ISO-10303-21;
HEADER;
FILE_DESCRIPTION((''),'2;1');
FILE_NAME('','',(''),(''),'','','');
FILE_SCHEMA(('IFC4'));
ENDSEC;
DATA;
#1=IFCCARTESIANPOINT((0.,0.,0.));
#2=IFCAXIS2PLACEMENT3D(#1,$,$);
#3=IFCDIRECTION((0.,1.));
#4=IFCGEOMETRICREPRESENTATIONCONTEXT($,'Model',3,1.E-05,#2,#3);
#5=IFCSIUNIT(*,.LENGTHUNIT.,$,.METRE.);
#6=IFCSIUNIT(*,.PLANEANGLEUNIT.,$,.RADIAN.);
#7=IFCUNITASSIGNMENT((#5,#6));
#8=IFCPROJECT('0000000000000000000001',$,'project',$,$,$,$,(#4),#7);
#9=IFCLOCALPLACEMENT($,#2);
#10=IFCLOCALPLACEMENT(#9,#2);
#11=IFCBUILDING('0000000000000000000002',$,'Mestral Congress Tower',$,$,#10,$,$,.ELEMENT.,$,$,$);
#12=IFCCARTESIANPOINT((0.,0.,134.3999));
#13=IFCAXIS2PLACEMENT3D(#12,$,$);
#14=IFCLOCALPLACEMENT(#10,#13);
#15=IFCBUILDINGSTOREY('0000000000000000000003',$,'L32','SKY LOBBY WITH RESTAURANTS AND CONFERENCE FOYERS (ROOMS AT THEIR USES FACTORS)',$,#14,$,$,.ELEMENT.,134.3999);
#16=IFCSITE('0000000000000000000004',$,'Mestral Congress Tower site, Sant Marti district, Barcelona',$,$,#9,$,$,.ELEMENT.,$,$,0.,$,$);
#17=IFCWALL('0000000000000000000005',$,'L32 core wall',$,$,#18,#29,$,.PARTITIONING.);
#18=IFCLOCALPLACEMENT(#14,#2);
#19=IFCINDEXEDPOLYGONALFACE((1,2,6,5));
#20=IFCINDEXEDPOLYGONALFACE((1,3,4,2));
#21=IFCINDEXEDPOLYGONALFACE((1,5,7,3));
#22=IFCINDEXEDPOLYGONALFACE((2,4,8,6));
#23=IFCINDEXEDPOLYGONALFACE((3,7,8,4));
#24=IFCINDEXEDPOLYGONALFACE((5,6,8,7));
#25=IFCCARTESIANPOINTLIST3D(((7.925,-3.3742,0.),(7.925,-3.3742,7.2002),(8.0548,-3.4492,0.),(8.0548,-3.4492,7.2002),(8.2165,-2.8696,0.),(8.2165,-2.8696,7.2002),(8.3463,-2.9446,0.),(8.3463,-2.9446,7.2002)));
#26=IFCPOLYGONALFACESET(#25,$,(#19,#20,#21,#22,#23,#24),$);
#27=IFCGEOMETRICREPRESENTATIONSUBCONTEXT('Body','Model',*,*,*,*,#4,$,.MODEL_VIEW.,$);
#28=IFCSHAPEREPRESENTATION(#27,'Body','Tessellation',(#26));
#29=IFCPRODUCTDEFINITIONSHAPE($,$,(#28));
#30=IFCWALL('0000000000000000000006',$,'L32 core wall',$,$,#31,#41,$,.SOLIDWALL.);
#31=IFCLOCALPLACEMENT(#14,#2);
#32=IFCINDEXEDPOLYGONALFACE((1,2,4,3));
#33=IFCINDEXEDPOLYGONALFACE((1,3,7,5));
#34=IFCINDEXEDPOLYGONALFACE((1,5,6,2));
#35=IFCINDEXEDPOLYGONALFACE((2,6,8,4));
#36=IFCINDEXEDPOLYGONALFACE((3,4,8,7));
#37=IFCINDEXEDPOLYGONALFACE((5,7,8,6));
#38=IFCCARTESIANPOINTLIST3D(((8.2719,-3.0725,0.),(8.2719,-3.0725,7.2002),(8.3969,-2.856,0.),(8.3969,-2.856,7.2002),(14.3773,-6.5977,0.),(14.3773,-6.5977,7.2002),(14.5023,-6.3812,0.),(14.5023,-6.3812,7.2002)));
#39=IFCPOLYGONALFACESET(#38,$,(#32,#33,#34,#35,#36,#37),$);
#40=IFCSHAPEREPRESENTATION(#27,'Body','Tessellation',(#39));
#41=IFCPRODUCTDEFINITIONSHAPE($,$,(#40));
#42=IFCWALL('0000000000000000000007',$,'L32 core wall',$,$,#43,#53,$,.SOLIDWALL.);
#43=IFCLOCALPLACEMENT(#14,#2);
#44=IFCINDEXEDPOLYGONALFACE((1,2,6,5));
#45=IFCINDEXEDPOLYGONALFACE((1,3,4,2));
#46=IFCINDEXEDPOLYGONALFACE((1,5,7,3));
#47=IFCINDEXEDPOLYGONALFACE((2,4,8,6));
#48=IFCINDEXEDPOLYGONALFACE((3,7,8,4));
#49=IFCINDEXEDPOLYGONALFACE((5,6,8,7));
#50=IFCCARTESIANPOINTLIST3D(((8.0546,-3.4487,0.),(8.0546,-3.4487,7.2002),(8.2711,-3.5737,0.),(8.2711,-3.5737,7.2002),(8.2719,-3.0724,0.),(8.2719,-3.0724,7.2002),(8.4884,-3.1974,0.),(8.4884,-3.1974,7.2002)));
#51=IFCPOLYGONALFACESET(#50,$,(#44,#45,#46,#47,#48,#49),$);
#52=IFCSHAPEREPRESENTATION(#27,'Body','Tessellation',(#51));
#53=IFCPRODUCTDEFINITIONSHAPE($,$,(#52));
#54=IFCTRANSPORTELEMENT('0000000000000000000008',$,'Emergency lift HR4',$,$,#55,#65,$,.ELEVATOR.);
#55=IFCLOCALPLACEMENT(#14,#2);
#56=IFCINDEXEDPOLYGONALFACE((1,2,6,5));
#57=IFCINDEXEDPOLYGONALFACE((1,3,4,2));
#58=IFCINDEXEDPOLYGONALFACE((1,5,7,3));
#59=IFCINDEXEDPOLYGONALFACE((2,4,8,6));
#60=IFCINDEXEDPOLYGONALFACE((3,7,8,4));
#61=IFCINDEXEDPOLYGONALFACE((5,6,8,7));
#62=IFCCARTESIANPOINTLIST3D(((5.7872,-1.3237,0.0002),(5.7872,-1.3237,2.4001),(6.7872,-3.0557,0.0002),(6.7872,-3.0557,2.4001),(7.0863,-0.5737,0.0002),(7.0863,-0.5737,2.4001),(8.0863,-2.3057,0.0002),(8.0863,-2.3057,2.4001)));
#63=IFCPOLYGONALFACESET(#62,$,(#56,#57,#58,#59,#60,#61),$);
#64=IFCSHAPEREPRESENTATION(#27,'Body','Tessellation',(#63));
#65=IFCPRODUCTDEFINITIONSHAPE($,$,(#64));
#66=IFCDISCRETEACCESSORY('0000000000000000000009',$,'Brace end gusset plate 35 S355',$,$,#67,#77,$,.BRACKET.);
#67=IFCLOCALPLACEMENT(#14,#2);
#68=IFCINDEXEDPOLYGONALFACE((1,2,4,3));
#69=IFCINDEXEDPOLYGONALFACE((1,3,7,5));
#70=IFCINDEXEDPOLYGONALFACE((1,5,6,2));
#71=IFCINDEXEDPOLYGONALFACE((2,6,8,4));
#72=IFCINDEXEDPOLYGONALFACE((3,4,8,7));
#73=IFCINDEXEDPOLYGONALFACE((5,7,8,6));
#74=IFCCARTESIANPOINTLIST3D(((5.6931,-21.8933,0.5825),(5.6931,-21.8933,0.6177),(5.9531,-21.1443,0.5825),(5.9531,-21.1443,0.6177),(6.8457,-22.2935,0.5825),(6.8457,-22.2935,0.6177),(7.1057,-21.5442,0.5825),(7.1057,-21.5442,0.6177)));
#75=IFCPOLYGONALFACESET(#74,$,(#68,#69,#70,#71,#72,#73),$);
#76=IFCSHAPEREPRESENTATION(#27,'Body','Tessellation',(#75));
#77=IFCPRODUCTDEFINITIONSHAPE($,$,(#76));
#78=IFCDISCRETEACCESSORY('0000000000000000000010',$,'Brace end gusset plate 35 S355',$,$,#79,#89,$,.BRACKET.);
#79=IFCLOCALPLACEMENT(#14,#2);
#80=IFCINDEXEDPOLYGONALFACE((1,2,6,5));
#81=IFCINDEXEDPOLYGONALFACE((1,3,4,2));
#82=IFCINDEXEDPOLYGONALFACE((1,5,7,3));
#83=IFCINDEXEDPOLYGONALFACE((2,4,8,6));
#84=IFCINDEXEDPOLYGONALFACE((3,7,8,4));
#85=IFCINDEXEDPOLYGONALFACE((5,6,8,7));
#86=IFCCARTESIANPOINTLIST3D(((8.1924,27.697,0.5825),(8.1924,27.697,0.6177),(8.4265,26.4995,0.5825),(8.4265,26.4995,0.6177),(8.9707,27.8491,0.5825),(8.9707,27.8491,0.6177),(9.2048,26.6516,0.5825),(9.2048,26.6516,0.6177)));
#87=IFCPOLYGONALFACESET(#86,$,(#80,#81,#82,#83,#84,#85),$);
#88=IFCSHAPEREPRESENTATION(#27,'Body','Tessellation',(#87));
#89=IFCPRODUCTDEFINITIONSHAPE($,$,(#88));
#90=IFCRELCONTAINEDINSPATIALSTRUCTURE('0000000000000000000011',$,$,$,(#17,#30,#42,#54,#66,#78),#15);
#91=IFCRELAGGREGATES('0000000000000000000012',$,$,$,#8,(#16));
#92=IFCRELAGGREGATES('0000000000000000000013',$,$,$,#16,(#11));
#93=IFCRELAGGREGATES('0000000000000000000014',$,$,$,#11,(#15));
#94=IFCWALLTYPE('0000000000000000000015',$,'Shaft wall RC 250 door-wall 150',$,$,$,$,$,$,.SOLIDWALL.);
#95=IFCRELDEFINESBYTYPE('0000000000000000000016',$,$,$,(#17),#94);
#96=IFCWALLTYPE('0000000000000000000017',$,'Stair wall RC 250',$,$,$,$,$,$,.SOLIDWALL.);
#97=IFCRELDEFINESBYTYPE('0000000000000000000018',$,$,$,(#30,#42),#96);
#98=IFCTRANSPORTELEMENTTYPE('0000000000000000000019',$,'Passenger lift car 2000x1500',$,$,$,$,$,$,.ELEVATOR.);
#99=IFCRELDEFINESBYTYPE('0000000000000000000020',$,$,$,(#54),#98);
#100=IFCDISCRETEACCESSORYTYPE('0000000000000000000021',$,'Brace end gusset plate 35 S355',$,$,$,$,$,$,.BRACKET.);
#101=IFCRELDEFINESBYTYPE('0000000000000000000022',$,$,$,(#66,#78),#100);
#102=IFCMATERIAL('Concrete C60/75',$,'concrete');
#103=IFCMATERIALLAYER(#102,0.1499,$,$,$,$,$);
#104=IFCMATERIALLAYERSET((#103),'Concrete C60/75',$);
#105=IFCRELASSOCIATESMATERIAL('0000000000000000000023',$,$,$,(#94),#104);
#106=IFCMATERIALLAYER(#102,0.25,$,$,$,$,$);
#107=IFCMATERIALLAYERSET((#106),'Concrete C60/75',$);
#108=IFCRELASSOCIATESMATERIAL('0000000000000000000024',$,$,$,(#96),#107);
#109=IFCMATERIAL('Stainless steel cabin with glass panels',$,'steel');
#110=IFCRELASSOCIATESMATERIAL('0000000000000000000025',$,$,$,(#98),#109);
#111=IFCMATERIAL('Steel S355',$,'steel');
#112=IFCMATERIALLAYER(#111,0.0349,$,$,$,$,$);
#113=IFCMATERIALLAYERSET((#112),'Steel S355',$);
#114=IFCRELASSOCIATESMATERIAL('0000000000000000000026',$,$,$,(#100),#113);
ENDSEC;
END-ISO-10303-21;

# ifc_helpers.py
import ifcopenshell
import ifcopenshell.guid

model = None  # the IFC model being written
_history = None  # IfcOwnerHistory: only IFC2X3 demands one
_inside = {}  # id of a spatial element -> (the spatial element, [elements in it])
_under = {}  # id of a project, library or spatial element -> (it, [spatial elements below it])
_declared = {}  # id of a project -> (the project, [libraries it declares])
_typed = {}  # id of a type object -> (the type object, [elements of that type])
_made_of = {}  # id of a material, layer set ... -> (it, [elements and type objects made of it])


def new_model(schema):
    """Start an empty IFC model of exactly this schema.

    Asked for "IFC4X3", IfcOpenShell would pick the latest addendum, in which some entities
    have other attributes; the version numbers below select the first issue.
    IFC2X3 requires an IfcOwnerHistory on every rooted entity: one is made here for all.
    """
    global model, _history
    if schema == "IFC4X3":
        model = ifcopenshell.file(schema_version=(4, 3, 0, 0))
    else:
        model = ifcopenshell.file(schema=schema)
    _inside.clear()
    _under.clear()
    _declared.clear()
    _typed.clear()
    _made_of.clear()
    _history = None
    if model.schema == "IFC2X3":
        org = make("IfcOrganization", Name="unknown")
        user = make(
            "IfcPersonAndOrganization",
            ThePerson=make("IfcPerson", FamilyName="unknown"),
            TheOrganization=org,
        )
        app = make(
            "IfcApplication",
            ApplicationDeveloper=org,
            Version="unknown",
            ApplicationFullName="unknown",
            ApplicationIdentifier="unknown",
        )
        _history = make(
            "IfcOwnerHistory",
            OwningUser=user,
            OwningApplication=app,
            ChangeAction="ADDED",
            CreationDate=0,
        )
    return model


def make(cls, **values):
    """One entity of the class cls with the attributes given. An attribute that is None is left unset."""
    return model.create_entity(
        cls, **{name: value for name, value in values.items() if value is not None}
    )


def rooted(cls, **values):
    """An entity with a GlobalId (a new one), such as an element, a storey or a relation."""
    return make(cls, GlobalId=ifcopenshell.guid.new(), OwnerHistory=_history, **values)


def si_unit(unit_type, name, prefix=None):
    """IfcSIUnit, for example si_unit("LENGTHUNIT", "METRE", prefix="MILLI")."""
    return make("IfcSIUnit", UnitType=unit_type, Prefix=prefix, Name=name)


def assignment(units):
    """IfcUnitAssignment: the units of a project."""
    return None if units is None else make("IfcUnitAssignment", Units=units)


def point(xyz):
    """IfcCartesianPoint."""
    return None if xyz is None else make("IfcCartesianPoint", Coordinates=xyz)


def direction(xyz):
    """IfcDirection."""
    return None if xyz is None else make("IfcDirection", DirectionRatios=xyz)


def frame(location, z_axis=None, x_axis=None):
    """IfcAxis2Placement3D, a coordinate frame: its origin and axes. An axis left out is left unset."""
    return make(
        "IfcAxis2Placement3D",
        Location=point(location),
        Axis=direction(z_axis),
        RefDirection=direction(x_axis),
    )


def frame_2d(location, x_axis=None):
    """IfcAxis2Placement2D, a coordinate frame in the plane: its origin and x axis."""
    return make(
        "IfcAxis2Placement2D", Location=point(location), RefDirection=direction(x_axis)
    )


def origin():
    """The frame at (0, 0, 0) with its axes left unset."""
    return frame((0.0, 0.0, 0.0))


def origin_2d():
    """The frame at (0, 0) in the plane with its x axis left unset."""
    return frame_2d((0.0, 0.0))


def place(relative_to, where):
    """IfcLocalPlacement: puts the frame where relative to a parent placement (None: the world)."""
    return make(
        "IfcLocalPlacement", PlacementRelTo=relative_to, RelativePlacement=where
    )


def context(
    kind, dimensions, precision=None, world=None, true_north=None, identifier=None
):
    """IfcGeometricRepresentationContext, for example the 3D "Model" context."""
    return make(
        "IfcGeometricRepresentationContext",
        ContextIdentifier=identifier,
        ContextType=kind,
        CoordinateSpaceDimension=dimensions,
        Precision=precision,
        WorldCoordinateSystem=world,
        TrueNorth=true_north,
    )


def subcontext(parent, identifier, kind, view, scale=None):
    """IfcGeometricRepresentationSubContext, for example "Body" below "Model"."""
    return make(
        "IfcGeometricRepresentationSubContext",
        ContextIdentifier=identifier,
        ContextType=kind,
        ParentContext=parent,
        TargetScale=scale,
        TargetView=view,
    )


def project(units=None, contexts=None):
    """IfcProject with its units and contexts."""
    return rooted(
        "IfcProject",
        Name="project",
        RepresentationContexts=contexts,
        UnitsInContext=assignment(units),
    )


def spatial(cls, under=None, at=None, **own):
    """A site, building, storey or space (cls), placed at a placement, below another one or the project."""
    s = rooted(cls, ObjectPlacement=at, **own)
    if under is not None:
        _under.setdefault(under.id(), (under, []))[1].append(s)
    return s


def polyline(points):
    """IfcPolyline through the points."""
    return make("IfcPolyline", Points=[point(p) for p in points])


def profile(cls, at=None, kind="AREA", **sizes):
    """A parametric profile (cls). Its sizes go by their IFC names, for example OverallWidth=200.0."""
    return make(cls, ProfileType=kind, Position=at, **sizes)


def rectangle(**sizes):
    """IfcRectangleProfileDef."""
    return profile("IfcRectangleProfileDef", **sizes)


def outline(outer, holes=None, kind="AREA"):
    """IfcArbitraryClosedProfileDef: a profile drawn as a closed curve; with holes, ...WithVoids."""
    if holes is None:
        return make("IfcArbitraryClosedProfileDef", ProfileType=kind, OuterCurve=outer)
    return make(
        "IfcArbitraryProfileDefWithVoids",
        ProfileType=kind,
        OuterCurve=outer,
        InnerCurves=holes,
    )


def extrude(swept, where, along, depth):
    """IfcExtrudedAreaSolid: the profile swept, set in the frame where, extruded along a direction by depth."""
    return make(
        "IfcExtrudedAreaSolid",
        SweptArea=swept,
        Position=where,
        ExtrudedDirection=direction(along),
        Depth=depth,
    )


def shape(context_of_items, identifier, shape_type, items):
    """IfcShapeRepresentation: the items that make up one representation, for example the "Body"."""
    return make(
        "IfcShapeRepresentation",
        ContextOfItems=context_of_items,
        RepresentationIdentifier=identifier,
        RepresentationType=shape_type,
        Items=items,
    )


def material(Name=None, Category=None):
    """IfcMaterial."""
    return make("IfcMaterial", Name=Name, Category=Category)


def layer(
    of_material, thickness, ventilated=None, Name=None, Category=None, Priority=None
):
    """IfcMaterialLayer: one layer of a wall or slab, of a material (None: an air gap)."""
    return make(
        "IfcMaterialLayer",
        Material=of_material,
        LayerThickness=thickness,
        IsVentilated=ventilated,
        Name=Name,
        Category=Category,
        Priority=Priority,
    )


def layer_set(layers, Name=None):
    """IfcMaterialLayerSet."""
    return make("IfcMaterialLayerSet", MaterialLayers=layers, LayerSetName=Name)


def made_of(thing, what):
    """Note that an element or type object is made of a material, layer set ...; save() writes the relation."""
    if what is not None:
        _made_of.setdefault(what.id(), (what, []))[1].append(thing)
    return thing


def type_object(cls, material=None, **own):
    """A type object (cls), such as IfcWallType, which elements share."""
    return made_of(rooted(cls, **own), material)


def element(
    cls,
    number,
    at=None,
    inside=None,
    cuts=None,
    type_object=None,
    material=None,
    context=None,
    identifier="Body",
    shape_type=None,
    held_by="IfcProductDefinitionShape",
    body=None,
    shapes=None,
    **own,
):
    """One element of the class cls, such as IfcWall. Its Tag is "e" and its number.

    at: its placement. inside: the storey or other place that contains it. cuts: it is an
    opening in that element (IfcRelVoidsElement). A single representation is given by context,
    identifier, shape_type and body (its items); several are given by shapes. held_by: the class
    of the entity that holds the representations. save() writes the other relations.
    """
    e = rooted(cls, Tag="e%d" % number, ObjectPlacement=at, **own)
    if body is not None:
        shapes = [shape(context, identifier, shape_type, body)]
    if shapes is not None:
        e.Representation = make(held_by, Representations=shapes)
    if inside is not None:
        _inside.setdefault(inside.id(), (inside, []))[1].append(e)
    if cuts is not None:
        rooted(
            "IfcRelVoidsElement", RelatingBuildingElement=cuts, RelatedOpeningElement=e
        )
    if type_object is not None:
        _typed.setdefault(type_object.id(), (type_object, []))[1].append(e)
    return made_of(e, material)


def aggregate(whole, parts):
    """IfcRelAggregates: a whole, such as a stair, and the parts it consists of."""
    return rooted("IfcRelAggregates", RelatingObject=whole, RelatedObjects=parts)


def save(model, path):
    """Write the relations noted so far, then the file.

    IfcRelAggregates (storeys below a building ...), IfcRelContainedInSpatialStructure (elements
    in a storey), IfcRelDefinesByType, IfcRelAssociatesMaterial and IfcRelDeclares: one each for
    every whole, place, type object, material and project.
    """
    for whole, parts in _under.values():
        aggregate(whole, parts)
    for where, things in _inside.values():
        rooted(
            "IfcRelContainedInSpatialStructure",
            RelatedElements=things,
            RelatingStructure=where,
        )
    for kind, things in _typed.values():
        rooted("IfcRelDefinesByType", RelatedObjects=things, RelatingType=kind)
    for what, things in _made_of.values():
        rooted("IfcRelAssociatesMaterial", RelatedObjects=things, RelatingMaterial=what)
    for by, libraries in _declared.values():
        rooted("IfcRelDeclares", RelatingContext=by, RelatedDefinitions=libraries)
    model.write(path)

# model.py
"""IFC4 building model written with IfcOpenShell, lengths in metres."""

from ifc_helpers import new_model, si_unit, direction, frame, frame_2d, origin, origin_2d, place, context, subcontext, project, spatial, polyline, rectangle, outline, extrude, material, layer, layer_set, type_object, element, save


model = new_model("IFC4")

# Units and contexts
model_context = context("Model", 3, precision=1e-05, world=origin(), true_north=direction((0.0, 1.0)))
body_context = subcontext(model_context, "Body", "Model", "MODEL_VIEW")
ifc_project = project(units=[si_unit("LENGTHUNIT", "METRE"), si_unit("PLANEANGLEUNIT", "RADIAN")], contexts=[model_context])

# Site, building, storey
site_placement = place(None, origin())
site = spatial("IfcSite", under=ifc_project, at=site_placement, Name="Mestral Congress Tower site, Sant Marti district, Barcelona", CompositionType="ELEMENT", RefElevation=0.0)
building_placement = place(site_placement, origin())
building = spatial("IfcBuilding", under=site, at=building_placement, Name="Mestral Congress Tower", CompositionType="ELEMENT")
storey_placement = place(building_placement, frame((0.0, 0.0, 134.3999)))
storey = spatial("IfcBuildingStorey", under=building, at=storey_placement, Name="L32", Description="SKY LOBBY WITH RESTAURANTS AND CONFERENCE FOYERS (ROOMS AT THEIR USES FACTORS)", CompositionType="ELEMENT", Elevation=134.3999)

# Shared definitions
ifc_material_1 = material(Name="Concrete C60/75", Category="concrete")

# Walls
ifc_layer_1 = layer(ifc_material_1, 0.1499)
ifc_layer_set_1 = layer_set([ifc_layer_1], Name="Concrete C60/75")
wall_type_1 = type_object("IfcWallType", Name="Shaft wall RC 250 door-wall 150", PredefinedType="SOLIDWALL", material=ifc_layer_set_1)
wall_1_placement = place(storey_placement, frame((8.2815, -2.907, 0.0), z_axis=(0.0, 0.0, 1.0), x_axis=(-0.500194, -0.865913, 0.0)))
element("IfcWall", 1, at=wall_1_placement, inside=storey, type_object=wall_type_1, Name="L32 core wall", PredefinedType="PARTITIONING", context=body_context, shape_type="SweptSolid", body=[
    extrude(rectangle(XDim=0.5828, YDim=0.1499, at=frame_2d((0.2915, 0.0))), origin(), (0.0, 0.0, 1.0), 7.2002),
])
ifc_layer_2 = layer(ifc_material_1, 0.25)
ifc_layer_set_2 = layer_set([ifc_layer_2], Name="Concrete C60/75")
wall_type_2 = type_object("IfcWallType", Name="Stair wall RC 250", PredefinedType="SOLIDWALL", material=ifc_layer_set_2)
wall_2_placement = place(storey_placement, frame((8.3345, -2.9644, 0.0), z_axis=(0.0, 0.0, 1.0), x_axis=(0.866016, -0.500016, 0.0)))
element("IfcWall", 2, at=wall_2_placement, inside=storey, type_object=wall_type_2, Name="L32 core wall", PredefinedType="SOLIDWALL", context=body_context, shape_type="SweptSolid", body=[
    extrude(rectangle(XDim=7.05, YDim=0.25, at=frame_2d((3.5249, 0.0))), origin(), (0.0, 0.0, 1.0), 7.2002),
])
wall_3_placement = place(storey_placement, frame((8.1628, -3.5112, 0.0), z_axis=(0.0, 0.0, 1.0), x_axis=(0.500128, 0.865952, 0.0)))
element("IfcWall", 3, at=wall_3_placement, inside=storey, type_object=wall_type_2, Name="L32 core wall", PredefinedType="SOLIDWALL", context=body_context, shape_type="SweptSolid", body=[
    extrude(rectangle(XDim=0.4346, YDim=0.25, at=frame_2d((0.2173, 0.0))), origin(), (0.0, 0.0, 1.0), 7.2002),
])

# Transport element
ifc_material_2 = material(Name="Stainless steel cabin with glass panels", Category="steel")
transport_element_type = type_object("IfcTransportElementType", Name="Passenger lift car 2000x1500", PredefinedType="ELEVATOR", material=ifc_material_2)
transport_element_placement = place(storey_placement, frame((6.9368, -1.8147, 0.0002), z_axis=(0.0, 0.0, 1.0), x_axis=(0.866025, 0.5, 0.0)))
element("IfcTransportElement", 4, at=transport_element_placement, inside=storey, type_object=transport_element_type, Name="Emergency lift HR4", PredefinedType="ELEVATOR", context=body_context, shape_type="SweptSolid", body=[
    extrude(rectangle(XDim=1.5, YDim=2.0, at=origin_2d()), origin(), (0.0, 0.0, 1.0), 2.3999),
])

# Discrete accessories
ifc_material_3 = material(Name="Steel S355", Category="steel")
ifc_layer_3 = layer(ifc_material_3, 0.0349)
ifc_layer_set_3 = layer_set([ifc_layer_3], Name="Steel S355")
discrete_accessory_type = type_object("IfcDiscreteAccessoryType", Name="Brace end gusset plate 35 S355", PredefinedType="BRACKET", material=ifc_layer_set_3)
placement = place(storey_placement, frame((0.0, 0.0, 0.5825)))
element("IfcDiscreteAccessory", 5, at=placement, inside=storey, type_object=discrete_accessory_type, Name="Brace end gusset plate 35 S355", PredefinedType="BRACKET", context=body_context, shape_type="SweptSolid", body=[
    extrude(outline(polyline([(7.1057, -21.5442), (5.9531, -21.1443), (5.6931, -21.8933), (6.8457, -22.2935), (7.1057, -21.5442)])), origin(), (0.0, 0.0, 1.0), 0.0352),
])
element("IfcDiscreteAccessory", 6, at=placement, inside=storey, type_object=discrete_accessory_type, Name="Brace end gusset plate 35 S355", PredefinedType="BRACKET", context=body_context, shape_type="SweptSolid", body=[
    extrude(outline(polyline([(8.1924, 27.697), (8.4265, 26.4995), (9.2048, 26.6516), (8.9707, 27.8491), (8.1924, 27.697)])), origin(), (0.0, 0.0, 1.0), 0.0352),
])

save(model, "model.ifc")
